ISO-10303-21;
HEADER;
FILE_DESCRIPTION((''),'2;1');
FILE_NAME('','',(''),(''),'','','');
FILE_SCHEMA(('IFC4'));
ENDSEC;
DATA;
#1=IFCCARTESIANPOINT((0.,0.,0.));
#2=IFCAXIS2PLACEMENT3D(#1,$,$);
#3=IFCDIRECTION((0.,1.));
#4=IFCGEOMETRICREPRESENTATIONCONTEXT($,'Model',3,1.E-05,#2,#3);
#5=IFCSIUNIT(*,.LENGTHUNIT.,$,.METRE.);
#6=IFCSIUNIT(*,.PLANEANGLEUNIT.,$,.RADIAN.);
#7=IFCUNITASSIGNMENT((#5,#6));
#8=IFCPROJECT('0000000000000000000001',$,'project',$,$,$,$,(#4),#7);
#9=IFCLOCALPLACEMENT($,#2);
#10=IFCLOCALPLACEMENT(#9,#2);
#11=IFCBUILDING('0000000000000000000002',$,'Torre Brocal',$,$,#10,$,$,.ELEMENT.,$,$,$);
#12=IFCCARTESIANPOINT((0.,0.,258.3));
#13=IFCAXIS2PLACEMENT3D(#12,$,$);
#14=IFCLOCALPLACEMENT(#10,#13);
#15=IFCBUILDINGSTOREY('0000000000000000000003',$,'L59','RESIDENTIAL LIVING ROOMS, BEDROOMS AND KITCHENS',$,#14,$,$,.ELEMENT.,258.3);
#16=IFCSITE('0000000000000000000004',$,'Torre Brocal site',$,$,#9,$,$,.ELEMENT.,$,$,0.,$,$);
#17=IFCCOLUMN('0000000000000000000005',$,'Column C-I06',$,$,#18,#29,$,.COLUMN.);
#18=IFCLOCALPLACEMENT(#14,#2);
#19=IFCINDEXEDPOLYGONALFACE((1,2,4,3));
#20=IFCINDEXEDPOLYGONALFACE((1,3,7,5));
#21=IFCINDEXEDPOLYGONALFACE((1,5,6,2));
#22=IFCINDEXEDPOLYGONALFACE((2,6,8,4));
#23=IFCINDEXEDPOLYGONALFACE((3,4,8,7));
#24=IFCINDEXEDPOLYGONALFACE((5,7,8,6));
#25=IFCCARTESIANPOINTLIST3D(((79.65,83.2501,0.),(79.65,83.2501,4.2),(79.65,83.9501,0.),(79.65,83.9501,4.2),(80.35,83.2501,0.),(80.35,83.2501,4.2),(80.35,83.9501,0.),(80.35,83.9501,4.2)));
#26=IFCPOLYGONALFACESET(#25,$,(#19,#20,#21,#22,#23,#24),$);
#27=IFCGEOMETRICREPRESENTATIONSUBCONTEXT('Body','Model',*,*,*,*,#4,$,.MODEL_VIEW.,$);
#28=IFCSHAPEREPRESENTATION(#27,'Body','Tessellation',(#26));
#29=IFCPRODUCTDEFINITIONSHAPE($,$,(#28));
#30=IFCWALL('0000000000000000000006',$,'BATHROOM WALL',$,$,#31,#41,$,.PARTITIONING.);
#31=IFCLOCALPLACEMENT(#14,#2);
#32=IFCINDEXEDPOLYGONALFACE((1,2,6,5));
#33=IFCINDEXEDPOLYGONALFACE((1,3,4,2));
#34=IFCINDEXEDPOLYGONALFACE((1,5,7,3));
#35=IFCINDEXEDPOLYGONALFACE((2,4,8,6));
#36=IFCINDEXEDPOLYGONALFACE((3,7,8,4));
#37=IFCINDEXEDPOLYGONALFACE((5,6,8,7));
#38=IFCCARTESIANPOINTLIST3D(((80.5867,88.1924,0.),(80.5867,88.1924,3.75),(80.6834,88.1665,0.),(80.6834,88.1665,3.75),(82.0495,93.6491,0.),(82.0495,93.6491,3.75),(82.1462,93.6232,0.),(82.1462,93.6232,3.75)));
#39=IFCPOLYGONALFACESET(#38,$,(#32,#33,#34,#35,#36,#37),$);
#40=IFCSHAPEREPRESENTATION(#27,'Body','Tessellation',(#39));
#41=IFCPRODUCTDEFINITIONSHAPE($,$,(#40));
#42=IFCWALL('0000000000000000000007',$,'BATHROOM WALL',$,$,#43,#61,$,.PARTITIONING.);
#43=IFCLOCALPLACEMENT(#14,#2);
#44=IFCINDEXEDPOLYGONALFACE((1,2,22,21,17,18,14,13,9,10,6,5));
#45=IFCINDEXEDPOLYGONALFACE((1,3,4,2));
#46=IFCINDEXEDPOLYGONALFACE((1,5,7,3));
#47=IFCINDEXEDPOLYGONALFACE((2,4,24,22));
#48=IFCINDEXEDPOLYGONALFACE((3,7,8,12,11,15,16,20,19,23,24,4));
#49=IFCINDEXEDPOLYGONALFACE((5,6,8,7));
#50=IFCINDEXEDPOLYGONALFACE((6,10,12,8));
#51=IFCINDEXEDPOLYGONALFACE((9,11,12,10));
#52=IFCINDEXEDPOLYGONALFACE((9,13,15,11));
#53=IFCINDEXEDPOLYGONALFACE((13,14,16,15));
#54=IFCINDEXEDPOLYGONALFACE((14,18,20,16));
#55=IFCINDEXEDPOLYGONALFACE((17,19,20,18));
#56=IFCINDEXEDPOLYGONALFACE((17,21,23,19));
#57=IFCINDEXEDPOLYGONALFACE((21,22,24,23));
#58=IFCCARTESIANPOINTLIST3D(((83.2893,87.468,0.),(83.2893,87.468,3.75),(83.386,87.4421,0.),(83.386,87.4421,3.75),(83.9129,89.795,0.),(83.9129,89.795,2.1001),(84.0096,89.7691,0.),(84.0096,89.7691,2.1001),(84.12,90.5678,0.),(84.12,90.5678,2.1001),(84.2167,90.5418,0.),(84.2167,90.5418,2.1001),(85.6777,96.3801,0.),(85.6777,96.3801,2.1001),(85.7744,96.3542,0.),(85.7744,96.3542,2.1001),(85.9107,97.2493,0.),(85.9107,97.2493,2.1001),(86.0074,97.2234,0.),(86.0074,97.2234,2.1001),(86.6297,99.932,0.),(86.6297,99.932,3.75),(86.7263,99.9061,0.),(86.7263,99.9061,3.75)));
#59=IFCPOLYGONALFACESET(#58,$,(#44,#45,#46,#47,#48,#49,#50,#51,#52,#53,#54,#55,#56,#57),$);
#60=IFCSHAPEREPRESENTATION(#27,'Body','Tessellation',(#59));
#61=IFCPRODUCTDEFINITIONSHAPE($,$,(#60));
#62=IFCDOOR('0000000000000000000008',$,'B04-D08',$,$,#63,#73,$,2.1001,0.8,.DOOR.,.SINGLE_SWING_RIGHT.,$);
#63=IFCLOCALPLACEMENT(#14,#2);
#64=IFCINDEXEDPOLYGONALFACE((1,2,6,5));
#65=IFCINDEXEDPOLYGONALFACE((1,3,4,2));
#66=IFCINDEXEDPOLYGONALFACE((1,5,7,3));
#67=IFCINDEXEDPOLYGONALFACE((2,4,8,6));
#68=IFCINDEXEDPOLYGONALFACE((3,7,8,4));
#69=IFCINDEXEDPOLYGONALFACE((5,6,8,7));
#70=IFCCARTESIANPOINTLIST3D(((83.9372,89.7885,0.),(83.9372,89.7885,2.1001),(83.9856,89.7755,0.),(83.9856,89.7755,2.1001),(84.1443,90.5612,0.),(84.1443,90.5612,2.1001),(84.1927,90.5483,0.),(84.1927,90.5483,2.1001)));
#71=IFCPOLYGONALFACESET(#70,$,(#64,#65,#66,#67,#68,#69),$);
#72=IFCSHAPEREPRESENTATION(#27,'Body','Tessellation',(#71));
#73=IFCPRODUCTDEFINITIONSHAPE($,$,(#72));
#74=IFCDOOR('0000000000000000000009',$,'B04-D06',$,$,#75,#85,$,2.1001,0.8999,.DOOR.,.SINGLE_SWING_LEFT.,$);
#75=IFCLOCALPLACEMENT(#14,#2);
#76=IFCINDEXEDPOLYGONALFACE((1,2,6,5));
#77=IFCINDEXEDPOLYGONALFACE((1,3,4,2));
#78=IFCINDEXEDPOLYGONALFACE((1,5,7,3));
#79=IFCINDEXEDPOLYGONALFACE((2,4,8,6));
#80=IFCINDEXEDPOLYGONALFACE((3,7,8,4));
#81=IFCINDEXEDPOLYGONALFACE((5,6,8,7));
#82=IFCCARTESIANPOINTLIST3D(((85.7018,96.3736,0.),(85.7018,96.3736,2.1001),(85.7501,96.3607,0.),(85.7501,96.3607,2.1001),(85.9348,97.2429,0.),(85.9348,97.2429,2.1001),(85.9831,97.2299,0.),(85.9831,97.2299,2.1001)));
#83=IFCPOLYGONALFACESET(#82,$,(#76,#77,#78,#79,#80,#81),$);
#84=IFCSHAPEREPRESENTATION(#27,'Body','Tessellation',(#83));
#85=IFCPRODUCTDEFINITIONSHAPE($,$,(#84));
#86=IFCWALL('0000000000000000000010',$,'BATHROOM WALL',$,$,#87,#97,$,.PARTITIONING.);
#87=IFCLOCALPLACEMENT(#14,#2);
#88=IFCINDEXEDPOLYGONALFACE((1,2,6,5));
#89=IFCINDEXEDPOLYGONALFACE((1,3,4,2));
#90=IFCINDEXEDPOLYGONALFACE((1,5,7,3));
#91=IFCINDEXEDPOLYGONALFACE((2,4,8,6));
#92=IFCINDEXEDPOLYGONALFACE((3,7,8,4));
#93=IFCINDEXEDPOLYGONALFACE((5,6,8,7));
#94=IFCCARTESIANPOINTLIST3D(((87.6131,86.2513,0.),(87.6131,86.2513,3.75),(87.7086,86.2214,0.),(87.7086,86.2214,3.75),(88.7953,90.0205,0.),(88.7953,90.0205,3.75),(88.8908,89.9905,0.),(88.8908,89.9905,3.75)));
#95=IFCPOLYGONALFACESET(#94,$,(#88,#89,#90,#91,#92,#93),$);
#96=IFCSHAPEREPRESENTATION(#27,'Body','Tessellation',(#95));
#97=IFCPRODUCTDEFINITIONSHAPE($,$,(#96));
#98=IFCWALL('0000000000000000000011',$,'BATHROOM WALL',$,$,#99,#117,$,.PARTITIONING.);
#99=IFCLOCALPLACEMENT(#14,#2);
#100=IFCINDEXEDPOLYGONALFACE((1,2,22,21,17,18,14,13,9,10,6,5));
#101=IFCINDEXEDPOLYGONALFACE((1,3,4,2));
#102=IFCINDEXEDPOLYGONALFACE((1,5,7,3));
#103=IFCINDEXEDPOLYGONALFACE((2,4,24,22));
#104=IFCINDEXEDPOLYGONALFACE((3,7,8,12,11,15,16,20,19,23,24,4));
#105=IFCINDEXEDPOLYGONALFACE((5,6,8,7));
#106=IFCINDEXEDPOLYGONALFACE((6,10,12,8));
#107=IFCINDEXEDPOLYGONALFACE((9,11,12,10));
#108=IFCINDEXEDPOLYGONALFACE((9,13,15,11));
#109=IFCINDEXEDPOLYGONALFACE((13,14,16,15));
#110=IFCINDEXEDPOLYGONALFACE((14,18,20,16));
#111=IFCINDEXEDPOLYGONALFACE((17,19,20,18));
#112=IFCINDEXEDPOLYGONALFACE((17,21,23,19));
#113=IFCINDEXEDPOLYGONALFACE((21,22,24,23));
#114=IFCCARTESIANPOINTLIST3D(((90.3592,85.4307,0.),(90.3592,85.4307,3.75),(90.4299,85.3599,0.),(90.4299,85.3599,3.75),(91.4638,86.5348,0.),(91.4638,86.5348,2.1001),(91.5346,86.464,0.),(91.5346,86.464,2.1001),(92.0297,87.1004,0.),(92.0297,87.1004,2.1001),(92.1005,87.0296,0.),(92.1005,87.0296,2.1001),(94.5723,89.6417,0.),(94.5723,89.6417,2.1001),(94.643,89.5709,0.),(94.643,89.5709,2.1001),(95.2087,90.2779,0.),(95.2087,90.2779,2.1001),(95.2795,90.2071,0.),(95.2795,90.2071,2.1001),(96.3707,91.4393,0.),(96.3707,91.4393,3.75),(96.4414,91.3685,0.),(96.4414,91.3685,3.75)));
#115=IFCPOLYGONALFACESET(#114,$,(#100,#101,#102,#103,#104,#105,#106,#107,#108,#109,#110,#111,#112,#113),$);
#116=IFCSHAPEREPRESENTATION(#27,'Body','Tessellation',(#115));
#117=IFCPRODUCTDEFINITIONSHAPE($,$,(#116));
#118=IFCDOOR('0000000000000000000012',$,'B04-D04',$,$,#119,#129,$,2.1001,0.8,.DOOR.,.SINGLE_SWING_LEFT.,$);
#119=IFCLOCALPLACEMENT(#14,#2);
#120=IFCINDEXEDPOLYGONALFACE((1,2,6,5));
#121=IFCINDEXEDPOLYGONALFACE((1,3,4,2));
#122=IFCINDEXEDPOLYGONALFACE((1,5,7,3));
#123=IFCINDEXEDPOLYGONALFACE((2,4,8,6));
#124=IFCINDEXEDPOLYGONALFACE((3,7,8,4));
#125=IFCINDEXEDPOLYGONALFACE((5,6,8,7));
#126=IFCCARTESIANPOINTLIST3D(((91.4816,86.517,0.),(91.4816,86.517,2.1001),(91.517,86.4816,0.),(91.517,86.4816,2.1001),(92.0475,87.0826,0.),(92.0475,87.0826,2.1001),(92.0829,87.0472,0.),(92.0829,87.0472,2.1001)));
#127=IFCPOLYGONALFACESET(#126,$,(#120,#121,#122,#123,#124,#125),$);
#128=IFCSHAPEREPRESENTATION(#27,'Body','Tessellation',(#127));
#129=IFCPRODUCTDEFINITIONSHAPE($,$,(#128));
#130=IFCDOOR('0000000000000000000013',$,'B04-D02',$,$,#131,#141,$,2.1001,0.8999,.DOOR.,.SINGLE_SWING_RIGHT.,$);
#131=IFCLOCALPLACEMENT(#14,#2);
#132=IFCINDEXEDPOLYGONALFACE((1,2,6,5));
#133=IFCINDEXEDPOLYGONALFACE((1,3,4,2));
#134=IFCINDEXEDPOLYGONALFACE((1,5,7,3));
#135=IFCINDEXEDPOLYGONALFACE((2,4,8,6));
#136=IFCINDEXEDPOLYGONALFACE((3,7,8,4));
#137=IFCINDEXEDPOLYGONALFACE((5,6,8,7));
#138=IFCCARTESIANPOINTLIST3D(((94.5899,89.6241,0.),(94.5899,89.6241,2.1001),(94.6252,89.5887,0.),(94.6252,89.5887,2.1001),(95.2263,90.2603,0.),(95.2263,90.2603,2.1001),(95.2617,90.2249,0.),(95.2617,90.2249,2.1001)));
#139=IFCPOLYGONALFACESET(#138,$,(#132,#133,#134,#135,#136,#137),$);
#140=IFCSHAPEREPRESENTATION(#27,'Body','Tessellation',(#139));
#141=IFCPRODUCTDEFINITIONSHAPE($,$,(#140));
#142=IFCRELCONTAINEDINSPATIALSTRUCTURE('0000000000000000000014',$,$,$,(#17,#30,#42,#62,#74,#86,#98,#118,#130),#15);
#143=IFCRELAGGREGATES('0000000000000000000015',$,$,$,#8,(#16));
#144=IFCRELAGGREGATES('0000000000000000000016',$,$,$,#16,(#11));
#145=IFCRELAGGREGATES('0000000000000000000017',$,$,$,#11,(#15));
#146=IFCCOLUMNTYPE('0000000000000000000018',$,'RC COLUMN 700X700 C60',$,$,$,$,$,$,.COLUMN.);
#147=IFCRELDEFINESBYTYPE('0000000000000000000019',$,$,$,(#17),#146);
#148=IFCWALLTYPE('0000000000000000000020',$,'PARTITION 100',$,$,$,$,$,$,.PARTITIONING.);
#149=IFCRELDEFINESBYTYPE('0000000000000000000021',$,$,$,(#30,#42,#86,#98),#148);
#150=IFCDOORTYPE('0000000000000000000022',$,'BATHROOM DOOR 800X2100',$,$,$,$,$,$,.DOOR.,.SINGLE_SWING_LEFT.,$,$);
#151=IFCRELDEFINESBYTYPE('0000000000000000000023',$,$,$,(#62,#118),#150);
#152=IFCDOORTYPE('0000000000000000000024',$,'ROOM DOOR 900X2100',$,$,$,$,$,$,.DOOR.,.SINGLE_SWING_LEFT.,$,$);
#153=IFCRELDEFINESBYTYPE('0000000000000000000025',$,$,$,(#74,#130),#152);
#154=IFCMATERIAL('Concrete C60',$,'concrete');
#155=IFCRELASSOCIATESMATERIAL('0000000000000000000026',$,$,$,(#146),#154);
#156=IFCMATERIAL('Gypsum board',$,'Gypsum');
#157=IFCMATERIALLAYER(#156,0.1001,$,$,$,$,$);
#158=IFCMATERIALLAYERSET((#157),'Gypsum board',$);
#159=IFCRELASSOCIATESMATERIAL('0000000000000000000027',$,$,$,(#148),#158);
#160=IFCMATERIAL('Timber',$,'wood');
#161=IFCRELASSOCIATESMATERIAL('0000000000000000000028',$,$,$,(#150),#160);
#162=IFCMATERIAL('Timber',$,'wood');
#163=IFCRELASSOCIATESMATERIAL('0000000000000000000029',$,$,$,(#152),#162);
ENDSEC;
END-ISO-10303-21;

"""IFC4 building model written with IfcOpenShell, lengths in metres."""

from ifc_helpers import new_model, si_unit, direction, frame, frame_2d, origin, origin_2d, place, context, subcontext, project, spatial, rectangle, extrude, material, layer, layer_set, material_profile, profile_set, type_object, element, fill, save


model = new_model("IFC4")

# Units and contexts
model_context = context("Model", 3, precision=1e-05, world=origin(), true_north=direction((0.0, 1.0)))
body_context = subcontext(model_context, "Body", "Model", "MODEL_VIEW")
ifc_project = project(units=[si_unit("LENGTHUNIT", "METRE"), si_unit("PLANEANGLEUNIT", "RADIAN")], contexts=[model_context])

# Site, building, storey
site_placement = place(None, origin())
site = spatial("IfcSite", under=ifc_project, at=site_placement, Name="Torre Brocal site", CompositionType="ELEMENT", RefElevation=0.0)
building_placement = place(site_placement, origin())
building = spatial("IfcBuilding", under=site, at=building_placement, Name="Torre Brocal", CompositionType="ELEMENT")
storey_placement = place(building_placement, frame((0.0, 0.0, 258.3)))
storey = spatial("IfcBuildingStorey", under=building, at=storey_placement, Name="L59", Description="RESIDENTIAL LIVING ROOMS, BEDROOMS AND KITCHENS", CompositionType="ELEMENT", Elevation=258.3)

# Column
ifc_material_1 = material(Name="Concrete C60", Category="concrete")
ifc_material_profile = material_profile(ifc_material_1, rectangle(XDim=0.7, YDim=0.7, at=origin_2d()), Name="RC 700X700")
ifc_profile_set = profile_set([ifc_material_profile], Name="Concrete C60")
column_type = type_object("IfcColumnType", Name="RC COLUMN 700X700 C60", PredefinedType="COLUMN", material=ifc_profile_set)
column_placement = place(storey_placement, frame((80.0, 83.6001, 0.0), z_axis=(0.0, 0.0, 1.0), x_axis=(0.0, 1.0, 0.0)))
element("IfcColumn", 1, at=column_placement, inside=storey, type_object=column_type, Name="Column C-I06", PredefinedType="COLUMN", context=body_context, shape_type="SweptSolid", body=[
    extrude(rectangle(XDim=0.7, YDim=0.7, at=origin_2d()), origin(), (0.0, 0.0, 1.0), 4.2),
])

# Wall
ifc_material_2 = material(Name="Gypsum board", Category="Gypsum")
ifc_layer_1 = layer(ifc_material_2, 0.1001)
ifc_layer_set_1 = layer_set([ifc_layer_1], Name="Gypsum board")
wall_type_1 = type_object("IfcWallType", Name="PARTITION 100", PredefinedType="PARTITIONING", material=ifc_layer_set_1)
wall_1_placement = place(storey_placement, frame((80.635, 88.1794, 0.0), z_axis=(0.0, 0.0, 1.0), x_axis=(0.258943, 0.965893, 0.0)))
element("IfcWall", 2, at=wall_1_placement, inside=storey, type_object=wall_type_1, Name="BATHROOM WALL", PredefinedType="PARTITIONING", context=body_context, shape_type="SweptSolid", body=[
    extrude(rectangle(XDim=5.6494, YDim=0.1001, at=frame_2d((2.8247, 0.0))), origin(), (0.0, 0.0, 1.0), 3.75),
])

# Wall, openings, doors
wall_2_placement = place(storey_placement, frame((83.3376, 87.4551, 0.0), z_axis=(0.0, 0.0, 1.0), x_axis=(0.258866, 0.965913, 0.0)))
wall_2 = element("IfcWall", 3, at=wall_2_placement, inside=storey, type_object=wall_type_1, Name="BATHROOM WALL", PredefinedType="PARTITIONING", context=body_context, shape_type="SweptSolid", body=[
    extrude(rectangle(XDim=12.9038, YDim=0.1001, at=frame_2d((6.4519, 0.0))), origin(), (0.0, 0.0, 1.0), 3.75),
])
opening_1_placement = place(wall_2_placement, frame((9.2266, 0.0, 0.0)))
opening_1 = element("IfcOpeningElement", 4, at=opening_1_placement, cuts=wall_2, PredefinedType="OPENING", context=body_context, shape_type="SweptSolid", body=[
    extrude(rectangle(XDim=0.8999, YDim=2.1001, at=frame_2d((0.45, 1.05))), frame((0.0, 0.0601, 0.0), z_axis=(0.0, -1.0, 0.0), x_axis=(1.0, 0.0, 0.0)), (0.0, 0.0, 1.0), 0.1201),
])
opening_2_placement = place(wall_2_placement, frame((2.4092, 0.0, 0.0)))
opening_2 = element("IfcOpeningElement", 5, at=opening_2_placement, cuts=wall_2, PredefinedType="OPENING", context=body_context, shape_type="SweptSolid", body=[
    extrude(rectangle(XDim=0.8, YDim=2.1001, at=frame_2d((0.3999, 1.05))), frame((0.0, 0.0601, 0.0), z_axis=(0.0, -1.0, 0.0), x_axis=(1.0, 0.0, 0.0)), (0.0, 0.0, 1.0), 0.1201),
])
ifc_material_3 = material(Name="Timber", Category="wood")
door_type_1 = type_object("IfcDoorType", Name="BATHROOM DOOR 800X2100", OperationType="SINGLE_SWING_LEFT", PredefinedType="DOOR", material=ifc_material_3)
door_1_placement = place(opening_2_placement, origin())
door_1 = element("IfcDoor", 6, at=door_1_placement, inside=storey, type_object=door_type_1, Name="B04-D08", OperationType="SINGLE_SWING_RIGHT", OverallHeight=2.1001, OverallWidth=0.8, PredefinedType="DOOR", context=body_context, shape_type="SweptSolid", body=[
    extrude(rectangle(XDim=0.8, YDim=2.1001, at=frame_2d((0.3999, 1.05))), frame((0.0, 0.0249, 0.0), z_axis=(0.0, -1.0, 0.0), x_axis=(1.0, 0.0, 0.0)), (0.0, 0.0, 1.0), 0.05),
])
fill(opening_2, door_1)
ifc_material_4 = material(Name="Timber", Category="wood")
door_type_2 = type_object("IfcDoorType", Name="ROOM DOOR 900X2100", OperationType="SINGLE_SWING_LEFT", PredefinedType="DOOR", material=ifc_material_4)
door_2_placement = place(opening_1_placement, frame((0.8999, 0.0, 0.0), z_axis=(0.0, 0.0, 1.0), x_axis=(-1.0, 0.0, 0.0)))
door_2 = element("IfcDoor", 7, at=door_2_placement, inside=storey, type_object=door_type_2, Name="B04-D06", OperationType="SINGLE_SWING_LEFT", OverallHeight=2.1001, OverallWidth=0.8999, PredefinedType="DOOR", context=body_context, shape_type="SweptSolid", body=[
    extrude(rectangle(XDim=0.8999, YDim=2.1001, at=frame_2d((0.45, 1.05))), frame((0.0, 0.0249, 0.0), z_axis=(0.0, -1.0, 0.0), x_axis=(1.0, 0.0, 0.0)), (0.0, 0.0, 1.0), 0.05),
])
fill(opening_1, door_2)

# Wall
wall_3_placement = place(storey_placement, frame((87.6609, 86.2363, 0.0), z_axis=(0.0, 0.0, 1.0), x_axis=(0.299267, 0.954169, 0.0)))
element("IfcWall", 8, at=wall_3_placement, inside=storey, type_object=wall_type_1, Name="BATHROOM WALL", PredefinedType="PARTITIONING", context=body_context, shape_type="SweptSolid", body=[
    extrude(rectangle(XDim=3.9502, YDim=0.1001, at=frame_2d((1.9751, 0.0))), origin(), (0.0, 0.0, 1.0), 3.75),
])

# Wall, openings, doors
wall_4_placement = place(storey_placement, frame((90.3945, 85.3953, 0.0), z_axis=(0.0, 0.0, 1.0), x_axis=(0.707279, 0.706934, 0.0)))
wall_4 = element("IfcWall", 9, at=wall_4_placement, inside=storey, type_object=wall_type_1, Name="BATHROOM WALL", PredefinedType="PARTITIONING", context=body_context, shape_type="SweptSolid", body=[
    extrude(rectangle(XDim=8.4995, YDim=0.1001, at=frame_2d((4.2498, 0.0))), origin(), (0.0, 0.0, 1.0), 3.75),
])
opening_3_placement = place(wall_4_placement, frame((5.9568, 0.0, 0.0)))
opening_3 = element("IfcOpeningElement", 10, at=opening_3_placement, cuts=wall_4, PredefinedType="OPENING", context=body_context, shape_type="SweptSolid", body=[
    extrude(rectangle(XDim=0.8999, YDim=2.1001, at=frame_2d((0.45, 1.05))), frame((0.0, 0.0601, 0.0), z_axis=(0.0, -1.0, 0.0), x_axis=(1.0, 0.0, 0.0)), (0.0, 0.0, 1.0), 0.1201),
])
opening_4_placement = place(wall_4_placement, frame((1.562, 0.0, 0.0)))
opening_4 = element("IfcOpeningElement", 11, at=opening_4_placement, cuts=wall_4, PredefinedType="OPENING", context=body_context, shape_type="SweptSolid", body=[
    extrude(rectangle(XDim=0.8, YDim=2.1001, at=frame_2d((0.3999, 1.05))), frame((0.0, 0.0601, 0.0), z_axis=(0.0, -1.0, 0.0), x_axis=(1.0, 0.0, 0.0)), (0.0, 0.0, 1.0), 0.1201),
])
door_3_placement = place(opening_4_placement, origin())
door_3 = element("IfcDoor", 12, at=door_3_placement, inside=storey, type_object=door_type_1, Name="B04-D04", OperationType="SINGLE_SWING_LEFT", OverallHeight=2.1001, OverallWidth=0.8, PredefinedType="DOOR", context=body_context, shape_type="SweptSolid", body=[
    extrude(rectangle(XDim=0.8, YDim=2.1001, at=frame_2d((0.3999, 1.05))), frame((0.0, 0.0249, 0.0), z_axis=(0.0, -1.0, 0.0), x_axis=(1.0, 0.0, 0.0)), (0.0, 0.0, 1.0), 0.05),
])
fill(opening_4, door_3)
door_4_placement = place(opening_3_placement, frame((0.8999, 0.0, 0.0), z_axis=(0.0, 0.0, 1.0), x_axis=(-1.0, 0.0, 0.0)))
door_4 = element("IfcDoor", 13, at=door_4_placement, inside=storey, type_object=door_type_2, Name="B04-D02", OperationType="SINGLE_SWING_RIGHT", OverallHeight=2.1001, OverallWidth=0.8999, PredefinedType="DOOR", context=body_context, shape_type="SweptSolid", body=[
    extrude(rectangle(XDim=0.8999, YDim=2.1001, at=frame_2d((0.45, 1.05))), frame((0.0, 0.0249, 0.0), z_axis=(0.0, -1.0, 0.0), x_axis=(1.0, 0.0, 0.0)), (0.0, 0.0, 1.0), 0.05),
])
fill(opening_3, door_4)

save(model, "model.ifc")
